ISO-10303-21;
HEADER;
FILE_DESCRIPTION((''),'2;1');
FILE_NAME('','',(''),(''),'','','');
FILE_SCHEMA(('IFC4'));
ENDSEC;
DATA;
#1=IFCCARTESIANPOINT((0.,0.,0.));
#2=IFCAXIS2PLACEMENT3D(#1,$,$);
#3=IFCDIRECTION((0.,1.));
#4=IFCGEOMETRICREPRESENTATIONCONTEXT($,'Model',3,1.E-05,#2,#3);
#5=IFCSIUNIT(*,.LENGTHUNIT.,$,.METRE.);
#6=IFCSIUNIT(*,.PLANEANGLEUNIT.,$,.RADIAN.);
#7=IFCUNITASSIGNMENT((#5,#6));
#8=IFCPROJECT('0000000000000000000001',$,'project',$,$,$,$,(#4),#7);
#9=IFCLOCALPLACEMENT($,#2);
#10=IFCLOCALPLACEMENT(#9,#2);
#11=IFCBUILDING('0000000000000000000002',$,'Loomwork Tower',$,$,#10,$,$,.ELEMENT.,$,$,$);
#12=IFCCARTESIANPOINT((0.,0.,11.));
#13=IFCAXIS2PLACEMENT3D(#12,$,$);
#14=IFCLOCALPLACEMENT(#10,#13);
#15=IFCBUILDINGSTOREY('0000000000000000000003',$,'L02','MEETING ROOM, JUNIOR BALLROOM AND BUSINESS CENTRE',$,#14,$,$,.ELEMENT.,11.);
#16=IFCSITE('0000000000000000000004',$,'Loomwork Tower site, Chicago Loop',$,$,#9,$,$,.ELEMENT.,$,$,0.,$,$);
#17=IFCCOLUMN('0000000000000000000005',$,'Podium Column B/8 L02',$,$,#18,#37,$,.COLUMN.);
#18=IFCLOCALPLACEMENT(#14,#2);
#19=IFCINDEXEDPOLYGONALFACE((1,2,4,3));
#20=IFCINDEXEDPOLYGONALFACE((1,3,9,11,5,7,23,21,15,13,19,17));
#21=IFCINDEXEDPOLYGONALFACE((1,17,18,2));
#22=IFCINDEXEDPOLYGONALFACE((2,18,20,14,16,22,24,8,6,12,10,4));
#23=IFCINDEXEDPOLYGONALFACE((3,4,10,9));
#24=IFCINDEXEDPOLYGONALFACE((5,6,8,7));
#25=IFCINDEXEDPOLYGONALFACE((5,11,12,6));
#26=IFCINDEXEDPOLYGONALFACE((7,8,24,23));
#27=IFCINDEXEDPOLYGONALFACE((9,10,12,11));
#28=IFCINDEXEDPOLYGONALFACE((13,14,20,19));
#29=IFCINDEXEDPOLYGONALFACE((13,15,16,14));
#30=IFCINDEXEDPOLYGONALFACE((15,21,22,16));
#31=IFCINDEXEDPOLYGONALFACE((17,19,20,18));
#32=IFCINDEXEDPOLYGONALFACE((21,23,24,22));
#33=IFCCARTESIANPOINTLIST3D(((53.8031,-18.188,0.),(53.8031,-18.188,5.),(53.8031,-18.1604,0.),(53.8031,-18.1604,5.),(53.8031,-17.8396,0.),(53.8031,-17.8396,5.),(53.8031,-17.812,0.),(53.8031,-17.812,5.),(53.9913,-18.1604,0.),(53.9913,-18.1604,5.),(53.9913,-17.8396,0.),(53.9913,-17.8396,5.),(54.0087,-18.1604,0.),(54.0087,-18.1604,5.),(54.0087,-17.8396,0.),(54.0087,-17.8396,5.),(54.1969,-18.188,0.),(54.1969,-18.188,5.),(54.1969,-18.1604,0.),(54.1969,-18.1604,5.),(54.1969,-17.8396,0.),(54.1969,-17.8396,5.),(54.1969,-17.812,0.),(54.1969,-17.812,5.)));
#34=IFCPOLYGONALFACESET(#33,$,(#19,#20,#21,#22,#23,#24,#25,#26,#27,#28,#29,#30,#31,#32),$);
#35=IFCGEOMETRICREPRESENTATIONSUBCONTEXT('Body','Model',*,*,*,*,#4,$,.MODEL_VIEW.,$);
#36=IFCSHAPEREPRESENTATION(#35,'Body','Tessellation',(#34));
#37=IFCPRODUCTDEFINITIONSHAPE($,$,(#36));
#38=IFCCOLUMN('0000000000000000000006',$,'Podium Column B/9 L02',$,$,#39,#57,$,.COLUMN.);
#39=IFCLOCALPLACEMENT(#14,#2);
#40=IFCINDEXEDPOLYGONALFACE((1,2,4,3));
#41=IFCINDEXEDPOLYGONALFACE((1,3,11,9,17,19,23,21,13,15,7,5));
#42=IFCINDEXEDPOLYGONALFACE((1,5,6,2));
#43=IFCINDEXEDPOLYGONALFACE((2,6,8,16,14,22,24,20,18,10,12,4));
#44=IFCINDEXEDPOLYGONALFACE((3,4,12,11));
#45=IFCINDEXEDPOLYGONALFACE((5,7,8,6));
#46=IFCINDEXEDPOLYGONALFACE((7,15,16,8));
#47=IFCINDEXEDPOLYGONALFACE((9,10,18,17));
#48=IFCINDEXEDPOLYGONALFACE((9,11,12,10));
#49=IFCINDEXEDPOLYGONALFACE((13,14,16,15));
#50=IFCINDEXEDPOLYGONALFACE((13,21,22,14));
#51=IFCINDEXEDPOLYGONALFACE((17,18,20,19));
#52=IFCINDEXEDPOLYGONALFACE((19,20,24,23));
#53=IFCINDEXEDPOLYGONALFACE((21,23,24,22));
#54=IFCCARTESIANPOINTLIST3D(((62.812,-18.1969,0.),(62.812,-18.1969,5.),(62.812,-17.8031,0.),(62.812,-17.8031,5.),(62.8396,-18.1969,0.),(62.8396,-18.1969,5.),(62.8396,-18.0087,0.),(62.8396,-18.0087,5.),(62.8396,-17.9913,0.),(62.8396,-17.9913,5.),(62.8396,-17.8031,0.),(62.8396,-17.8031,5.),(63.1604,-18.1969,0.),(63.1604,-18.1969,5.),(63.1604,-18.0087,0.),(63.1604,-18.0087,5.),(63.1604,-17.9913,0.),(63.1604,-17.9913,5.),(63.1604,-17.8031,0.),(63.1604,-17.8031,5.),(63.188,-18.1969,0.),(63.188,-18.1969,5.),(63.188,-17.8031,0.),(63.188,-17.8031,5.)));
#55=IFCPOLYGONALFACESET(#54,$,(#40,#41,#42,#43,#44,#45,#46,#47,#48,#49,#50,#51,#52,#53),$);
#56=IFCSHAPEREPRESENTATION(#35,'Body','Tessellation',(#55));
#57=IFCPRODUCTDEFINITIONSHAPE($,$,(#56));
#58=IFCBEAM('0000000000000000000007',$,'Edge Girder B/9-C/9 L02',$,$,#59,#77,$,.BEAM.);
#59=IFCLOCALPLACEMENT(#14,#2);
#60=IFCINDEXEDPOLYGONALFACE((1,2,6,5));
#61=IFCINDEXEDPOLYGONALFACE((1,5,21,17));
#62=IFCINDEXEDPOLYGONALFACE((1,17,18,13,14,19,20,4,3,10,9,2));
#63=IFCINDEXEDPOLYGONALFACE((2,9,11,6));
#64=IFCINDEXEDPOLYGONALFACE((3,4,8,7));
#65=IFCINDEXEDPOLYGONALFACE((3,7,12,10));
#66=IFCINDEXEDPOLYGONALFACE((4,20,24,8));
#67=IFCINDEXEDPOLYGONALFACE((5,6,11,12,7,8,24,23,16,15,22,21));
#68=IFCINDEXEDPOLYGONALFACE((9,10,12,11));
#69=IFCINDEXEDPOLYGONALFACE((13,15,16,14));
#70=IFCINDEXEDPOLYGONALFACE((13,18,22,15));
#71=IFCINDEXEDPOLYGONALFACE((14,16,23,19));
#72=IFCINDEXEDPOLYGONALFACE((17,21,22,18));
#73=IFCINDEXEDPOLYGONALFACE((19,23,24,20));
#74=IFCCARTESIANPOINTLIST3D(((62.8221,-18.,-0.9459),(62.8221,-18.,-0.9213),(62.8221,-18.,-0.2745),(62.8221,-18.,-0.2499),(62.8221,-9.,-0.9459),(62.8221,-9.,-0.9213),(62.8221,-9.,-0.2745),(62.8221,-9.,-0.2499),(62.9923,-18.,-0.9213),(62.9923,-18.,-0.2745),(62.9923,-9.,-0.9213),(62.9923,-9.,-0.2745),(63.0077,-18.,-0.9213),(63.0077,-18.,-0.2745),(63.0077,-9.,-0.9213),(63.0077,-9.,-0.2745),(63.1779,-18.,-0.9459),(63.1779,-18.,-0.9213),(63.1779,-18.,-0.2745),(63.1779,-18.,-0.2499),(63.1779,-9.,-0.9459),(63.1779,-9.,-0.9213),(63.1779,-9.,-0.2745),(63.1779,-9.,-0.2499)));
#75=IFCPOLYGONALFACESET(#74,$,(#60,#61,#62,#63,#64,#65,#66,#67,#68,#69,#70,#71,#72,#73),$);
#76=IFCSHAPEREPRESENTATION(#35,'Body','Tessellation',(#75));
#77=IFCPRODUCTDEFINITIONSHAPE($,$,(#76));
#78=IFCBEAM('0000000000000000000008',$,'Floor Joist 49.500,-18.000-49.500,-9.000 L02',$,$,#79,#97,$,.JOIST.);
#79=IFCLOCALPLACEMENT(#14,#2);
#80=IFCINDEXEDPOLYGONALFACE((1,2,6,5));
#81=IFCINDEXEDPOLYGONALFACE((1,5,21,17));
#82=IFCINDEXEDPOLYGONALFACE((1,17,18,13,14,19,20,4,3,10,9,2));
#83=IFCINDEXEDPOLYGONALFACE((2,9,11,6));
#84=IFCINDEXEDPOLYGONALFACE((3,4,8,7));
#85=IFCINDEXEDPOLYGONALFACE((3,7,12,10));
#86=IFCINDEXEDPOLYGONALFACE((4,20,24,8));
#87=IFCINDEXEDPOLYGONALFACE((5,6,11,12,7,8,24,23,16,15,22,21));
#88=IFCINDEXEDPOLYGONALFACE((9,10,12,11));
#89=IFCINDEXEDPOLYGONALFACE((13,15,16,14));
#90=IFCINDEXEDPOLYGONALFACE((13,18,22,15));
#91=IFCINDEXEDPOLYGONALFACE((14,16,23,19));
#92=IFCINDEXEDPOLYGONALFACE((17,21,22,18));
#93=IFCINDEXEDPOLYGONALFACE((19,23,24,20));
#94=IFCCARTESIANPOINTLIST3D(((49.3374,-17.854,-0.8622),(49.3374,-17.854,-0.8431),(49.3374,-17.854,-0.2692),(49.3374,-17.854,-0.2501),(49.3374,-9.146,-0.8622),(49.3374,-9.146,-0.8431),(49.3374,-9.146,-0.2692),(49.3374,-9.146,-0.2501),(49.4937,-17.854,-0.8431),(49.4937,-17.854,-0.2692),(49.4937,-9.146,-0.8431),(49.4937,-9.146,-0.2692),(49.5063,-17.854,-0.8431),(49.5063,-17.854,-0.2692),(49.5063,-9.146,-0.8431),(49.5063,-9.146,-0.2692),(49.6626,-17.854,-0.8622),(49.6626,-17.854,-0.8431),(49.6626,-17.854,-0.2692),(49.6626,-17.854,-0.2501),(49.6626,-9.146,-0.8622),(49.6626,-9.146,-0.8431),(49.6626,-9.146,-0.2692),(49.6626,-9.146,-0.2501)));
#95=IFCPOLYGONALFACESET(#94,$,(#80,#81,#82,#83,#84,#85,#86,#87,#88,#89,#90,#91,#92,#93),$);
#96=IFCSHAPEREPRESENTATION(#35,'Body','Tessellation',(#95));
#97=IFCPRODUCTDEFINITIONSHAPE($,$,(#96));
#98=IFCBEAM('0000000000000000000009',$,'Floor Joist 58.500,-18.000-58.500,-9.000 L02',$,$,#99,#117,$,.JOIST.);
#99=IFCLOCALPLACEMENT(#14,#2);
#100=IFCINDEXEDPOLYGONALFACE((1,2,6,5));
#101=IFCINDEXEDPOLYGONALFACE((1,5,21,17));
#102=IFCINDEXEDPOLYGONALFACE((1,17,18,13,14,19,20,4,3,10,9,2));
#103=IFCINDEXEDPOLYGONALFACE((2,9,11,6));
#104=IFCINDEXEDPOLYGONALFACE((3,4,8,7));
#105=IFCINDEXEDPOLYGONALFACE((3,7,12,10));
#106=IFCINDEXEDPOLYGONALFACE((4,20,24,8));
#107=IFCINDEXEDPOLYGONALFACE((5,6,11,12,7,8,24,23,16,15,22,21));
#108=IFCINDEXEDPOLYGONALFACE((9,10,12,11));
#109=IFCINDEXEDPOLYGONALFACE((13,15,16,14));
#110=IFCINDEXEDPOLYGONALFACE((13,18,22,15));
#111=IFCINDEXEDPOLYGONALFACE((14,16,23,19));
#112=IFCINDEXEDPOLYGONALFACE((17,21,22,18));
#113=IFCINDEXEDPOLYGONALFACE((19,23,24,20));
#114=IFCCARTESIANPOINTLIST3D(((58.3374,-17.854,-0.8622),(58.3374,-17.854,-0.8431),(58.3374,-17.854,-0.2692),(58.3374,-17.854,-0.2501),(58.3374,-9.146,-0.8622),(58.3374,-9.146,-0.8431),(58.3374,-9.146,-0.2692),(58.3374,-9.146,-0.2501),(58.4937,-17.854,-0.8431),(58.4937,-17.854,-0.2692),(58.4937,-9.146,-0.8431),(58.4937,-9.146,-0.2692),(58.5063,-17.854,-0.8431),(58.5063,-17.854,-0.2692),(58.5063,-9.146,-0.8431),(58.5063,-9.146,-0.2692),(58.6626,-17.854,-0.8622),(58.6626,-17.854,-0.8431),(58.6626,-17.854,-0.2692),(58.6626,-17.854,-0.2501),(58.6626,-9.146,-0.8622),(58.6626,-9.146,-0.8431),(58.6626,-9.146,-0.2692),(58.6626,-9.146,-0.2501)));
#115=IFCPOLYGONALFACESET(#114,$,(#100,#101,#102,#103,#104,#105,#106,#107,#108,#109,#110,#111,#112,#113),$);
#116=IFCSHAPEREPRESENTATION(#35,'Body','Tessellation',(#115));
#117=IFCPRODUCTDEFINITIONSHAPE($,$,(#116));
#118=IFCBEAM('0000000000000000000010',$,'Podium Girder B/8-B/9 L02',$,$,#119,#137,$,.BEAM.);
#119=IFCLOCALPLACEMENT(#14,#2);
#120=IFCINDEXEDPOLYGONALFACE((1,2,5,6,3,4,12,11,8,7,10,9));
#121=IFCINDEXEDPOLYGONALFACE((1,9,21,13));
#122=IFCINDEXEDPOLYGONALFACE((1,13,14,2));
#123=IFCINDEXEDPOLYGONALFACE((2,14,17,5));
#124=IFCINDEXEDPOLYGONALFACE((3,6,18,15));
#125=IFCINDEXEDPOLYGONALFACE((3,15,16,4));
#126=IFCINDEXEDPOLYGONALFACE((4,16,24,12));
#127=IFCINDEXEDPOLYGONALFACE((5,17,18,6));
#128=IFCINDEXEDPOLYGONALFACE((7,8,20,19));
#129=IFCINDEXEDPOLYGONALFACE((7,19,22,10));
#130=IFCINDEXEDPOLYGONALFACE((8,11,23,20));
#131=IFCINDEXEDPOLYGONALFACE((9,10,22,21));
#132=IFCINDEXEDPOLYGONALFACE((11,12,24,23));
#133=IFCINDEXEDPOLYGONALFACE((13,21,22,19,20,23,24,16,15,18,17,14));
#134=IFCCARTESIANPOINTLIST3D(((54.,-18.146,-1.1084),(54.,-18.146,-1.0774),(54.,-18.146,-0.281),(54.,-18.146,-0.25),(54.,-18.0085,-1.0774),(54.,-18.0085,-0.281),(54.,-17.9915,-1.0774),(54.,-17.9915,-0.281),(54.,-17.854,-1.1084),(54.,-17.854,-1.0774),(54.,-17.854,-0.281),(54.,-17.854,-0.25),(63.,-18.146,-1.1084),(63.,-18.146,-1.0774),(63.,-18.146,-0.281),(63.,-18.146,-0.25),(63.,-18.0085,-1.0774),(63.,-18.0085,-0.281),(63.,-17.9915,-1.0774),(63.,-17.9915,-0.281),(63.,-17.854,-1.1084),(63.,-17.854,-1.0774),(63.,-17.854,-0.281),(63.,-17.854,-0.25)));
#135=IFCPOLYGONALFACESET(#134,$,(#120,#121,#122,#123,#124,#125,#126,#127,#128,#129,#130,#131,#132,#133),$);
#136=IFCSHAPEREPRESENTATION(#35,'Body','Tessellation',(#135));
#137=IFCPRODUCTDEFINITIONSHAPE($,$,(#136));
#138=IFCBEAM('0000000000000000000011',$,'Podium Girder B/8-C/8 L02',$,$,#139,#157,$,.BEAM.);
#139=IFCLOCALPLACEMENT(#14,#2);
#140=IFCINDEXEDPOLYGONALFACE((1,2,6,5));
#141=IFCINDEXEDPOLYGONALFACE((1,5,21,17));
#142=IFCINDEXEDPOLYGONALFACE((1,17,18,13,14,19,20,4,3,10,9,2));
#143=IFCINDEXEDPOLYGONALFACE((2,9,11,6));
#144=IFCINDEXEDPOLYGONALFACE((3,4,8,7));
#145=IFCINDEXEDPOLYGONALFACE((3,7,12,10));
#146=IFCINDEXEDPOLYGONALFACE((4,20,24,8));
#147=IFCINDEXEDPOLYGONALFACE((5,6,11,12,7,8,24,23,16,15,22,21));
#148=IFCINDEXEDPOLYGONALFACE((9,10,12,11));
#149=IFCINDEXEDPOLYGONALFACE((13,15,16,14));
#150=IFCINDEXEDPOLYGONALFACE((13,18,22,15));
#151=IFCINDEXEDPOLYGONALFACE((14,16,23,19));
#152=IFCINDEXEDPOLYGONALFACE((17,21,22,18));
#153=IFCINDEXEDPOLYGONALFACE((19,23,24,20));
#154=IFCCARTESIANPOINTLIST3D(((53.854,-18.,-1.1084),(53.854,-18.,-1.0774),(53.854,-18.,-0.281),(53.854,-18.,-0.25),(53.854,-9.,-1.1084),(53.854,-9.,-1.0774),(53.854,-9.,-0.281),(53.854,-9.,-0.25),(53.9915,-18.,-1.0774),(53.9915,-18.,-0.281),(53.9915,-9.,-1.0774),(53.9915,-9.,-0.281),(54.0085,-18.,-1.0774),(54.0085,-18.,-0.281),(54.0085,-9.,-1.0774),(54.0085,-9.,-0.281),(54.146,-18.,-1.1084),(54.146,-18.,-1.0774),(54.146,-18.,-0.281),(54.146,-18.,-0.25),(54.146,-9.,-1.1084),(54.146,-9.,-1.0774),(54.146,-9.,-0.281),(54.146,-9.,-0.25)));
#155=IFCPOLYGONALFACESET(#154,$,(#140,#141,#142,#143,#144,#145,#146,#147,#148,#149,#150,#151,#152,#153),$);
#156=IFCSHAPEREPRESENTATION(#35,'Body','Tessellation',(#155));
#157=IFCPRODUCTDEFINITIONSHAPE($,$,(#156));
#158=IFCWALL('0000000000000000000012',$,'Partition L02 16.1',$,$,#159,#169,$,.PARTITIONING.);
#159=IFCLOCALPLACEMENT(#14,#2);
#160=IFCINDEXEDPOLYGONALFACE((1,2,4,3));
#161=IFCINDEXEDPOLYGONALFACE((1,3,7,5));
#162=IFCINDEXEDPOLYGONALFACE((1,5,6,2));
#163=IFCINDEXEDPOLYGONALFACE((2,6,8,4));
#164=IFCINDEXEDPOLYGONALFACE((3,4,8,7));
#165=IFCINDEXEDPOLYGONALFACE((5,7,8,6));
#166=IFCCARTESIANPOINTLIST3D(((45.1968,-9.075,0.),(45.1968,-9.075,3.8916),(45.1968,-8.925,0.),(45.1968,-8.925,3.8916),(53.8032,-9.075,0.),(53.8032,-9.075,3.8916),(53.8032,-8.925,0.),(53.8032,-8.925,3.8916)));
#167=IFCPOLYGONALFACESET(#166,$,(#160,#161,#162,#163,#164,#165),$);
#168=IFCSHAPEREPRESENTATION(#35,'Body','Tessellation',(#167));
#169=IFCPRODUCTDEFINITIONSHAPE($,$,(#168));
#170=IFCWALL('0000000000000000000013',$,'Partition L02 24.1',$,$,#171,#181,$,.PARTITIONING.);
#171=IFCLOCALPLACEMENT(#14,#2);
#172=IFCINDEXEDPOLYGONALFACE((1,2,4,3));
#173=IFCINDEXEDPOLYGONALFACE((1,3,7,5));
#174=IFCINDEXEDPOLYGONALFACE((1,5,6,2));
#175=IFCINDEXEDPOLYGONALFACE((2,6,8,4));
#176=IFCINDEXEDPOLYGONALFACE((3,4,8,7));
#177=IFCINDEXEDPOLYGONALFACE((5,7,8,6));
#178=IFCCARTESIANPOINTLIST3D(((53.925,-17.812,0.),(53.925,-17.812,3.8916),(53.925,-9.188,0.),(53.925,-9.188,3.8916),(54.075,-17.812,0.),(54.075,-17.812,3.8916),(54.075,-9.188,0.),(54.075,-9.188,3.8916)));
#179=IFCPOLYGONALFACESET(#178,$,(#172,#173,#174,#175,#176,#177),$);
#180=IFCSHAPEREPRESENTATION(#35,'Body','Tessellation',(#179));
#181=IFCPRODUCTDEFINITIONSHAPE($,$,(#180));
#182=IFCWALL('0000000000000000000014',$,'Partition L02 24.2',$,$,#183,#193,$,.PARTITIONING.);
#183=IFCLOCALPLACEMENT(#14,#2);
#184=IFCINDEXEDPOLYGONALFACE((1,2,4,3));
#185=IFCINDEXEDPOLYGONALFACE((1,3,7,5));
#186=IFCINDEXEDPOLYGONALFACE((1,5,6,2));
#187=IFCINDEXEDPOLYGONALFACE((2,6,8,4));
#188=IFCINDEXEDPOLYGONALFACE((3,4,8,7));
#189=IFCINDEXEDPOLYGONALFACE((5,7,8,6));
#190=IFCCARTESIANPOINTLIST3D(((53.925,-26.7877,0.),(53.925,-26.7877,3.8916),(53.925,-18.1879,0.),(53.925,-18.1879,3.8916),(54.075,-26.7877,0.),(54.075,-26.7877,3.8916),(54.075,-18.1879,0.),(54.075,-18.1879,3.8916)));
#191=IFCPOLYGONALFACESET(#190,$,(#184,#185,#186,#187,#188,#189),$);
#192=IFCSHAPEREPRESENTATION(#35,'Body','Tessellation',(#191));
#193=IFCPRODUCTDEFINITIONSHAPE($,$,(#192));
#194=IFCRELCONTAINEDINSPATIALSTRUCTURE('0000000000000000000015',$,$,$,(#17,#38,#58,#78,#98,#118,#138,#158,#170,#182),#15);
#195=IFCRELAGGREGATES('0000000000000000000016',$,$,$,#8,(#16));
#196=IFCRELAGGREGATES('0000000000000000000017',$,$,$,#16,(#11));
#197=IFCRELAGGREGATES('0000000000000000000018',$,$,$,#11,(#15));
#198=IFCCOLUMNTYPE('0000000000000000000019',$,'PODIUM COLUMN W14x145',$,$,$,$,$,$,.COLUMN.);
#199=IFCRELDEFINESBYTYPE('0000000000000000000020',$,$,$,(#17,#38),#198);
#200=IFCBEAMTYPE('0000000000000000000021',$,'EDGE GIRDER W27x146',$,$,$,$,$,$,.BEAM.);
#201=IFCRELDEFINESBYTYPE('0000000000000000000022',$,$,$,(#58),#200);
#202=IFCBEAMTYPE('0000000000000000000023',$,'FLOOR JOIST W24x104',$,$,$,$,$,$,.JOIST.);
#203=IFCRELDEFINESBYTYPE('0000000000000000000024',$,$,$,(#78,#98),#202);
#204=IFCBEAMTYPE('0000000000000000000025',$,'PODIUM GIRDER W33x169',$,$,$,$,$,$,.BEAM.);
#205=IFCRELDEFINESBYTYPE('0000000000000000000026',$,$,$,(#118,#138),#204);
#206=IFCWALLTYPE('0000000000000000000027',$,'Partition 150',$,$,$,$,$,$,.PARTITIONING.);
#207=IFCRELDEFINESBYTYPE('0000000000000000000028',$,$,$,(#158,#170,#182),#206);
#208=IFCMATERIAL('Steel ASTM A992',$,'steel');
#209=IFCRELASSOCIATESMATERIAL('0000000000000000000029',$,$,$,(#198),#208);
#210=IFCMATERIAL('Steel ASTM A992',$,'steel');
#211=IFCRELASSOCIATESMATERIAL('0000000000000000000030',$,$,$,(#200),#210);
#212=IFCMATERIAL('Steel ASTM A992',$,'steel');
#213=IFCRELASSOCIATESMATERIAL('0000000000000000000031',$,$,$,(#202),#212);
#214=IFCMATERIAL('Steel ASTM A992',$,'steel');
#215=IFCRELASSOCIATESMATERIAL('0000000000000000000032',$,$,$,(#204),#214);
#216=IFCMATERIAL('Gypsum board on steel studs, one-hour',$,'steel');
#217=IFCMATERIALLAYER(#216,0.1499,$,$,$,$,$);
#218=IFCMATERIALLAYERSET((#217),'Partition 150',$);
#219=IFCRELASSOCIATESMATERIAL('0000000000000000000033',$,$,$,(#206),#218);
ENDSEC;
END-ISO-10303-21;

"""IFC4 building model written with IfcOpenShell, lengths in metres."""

from ifc_helpers import new_model, si_unit, direction, frame, frame_2d, origin, origin_2d, place, context, subcontext, project, spatial, rectangle, i_section, extrude, material, layer, layer_set, material_profile, profile_set, type_object, element, save


model = new_model("IFC4")

# Units and contexts
model_context = context("Model", 3, precision=1e-05, world=origin(), true_north=direction((0.0, 1.0)))
body_context = subcontext(model_context, "Body", "Model", "MODEL_VIEW")
ifc_project = project(units=[si_unit("LENGTHUNIT", "METRE"), si_unit("PLANEANGLEUNIT", "RADIAN")], contexts=[model_context])

# Site, building, storey
site_placement = place(None, origin())
site = spatial("IfcSite", under=ifc_project, at=site_placement, Name="Loomwork Tower site, Chicago Loop", CompositionType="ELEMENT", RefElevation=0.0)
building_placement = place(site_placement, origin())
building = spatial("IfcBuilding", under=site, at=building_placement, Name="Loomwork Tower", CompositionType="ELEMENT")
storey_placement = place(building_placement, frame((0.0, 0.0, 11.0)))
storey = spatial("IfcBuildingStorey", under=building, at=storey_placement, Name="L02", Description="MEETING ROOM, JUNIOR BALLROOM AND BUSINESS CENTRE", CompositionType="ELEMENT", Elevation=11.0)

# Columns
ifc_material_1 = material(Name="Steel ASTM A992", Category="steel")
ifc_material_profile_1 = material_profile(ifc_material_1, i_section(OverallWidth=0.3938, OverallDepth=0.376, WebThickness=0.0173, FlangeThickness=0.0276, at=origin_2d()), Name="W14x145")
ifc_profile_set_1 = profile_set([ifc_material_profile_1], Name="Steel ASTM A992")
column_type = type_object("IfcColumnType", Name="PODIUM COLUMN W14x145", PredefinedType="COLUMN", material=ifc_profile_set_1)
for number, where, z_axis, x_axis, name in (
    (1, (54.0, -18.0, 0.0), (0.0, 0.0, 1.0), (1.0, 0.0, 0.0), "Podium Column B/8 L02"),
    (2, (63.0, -18.0, 0.0), (0.0, 0.0, 1.0), (0.0, 1.0, 0.0), "Podium Column B/9 L02"),
):
    element("IfcColumn", number, at=place(storey_placement, frame(where, z_axis=z_axis, x_axis=x_axis)), inside=storey, type_object=column_type, Name=name, PredefinedType="COLUMN", context=body_context, shape_type="SweptSolid", body=[
        extrude(i_section(OverallWidth=0.3938, OverallDepth=0.376, WebThickness=0.0173, FlangeThickness=0.0276, at=origin_2d()), origin(), (0.0, 0.0, 1.0), 5.0),
    ])

# Beams
ifc_material_2 = material(Name="Steel ASTM A992", Category="steel")
ifc_material_profile_2 = material_profile(ifc_material_2, i_section(OverallWidth=0.3557, OverallDepth=0.696, WebThickness=0.0154, FlangeThickness=0.0247, at=origin_2d()), Name="W27x146")
ifc_profile_set_2 = profile_set([ifc_material_profile_2], Name="Steel ASTM A992")
beam_type_1 = type_object("IfcBeamType", Name="EDGE GIRDER W27x146", PredefinedType="BEAM", material=ifc_profile_set_2)
beam_placement = place(storey_placement, frame((63.0, -18.0, -0.5979), z_axis=(0.0, 1.0, 0.0), x_axis=(-1.0, 0.0, 0.0)))
element("IfcBeam", 3, at=beam_placement, inside=storey, type_object=beam_type_1, Name="Edge Girder B/9-C/9 L02", PredefinedType="BEAM", context=body_context, shape_type="SweptSolid", body=[
    extrude(i_section(OverallWidth=0.3557, OverallDepth=0.696, WebThickness=0.0154, FlangeThickness=0.0247, at=origin_2d()), origin(), (0.0, 0.0, 1.0), 9.0),
])
ifc_material_3 = material(Name="Steel ASTM A992", Category="steel")
ifc_material_profile_3 = material_profile(ifc_material_3, i_section(OverallWidth=0.3252, OverallDepth=0.6121, WebThickness=0.0127, FlangeThickness=0.019, at=origin_2d()), Name="W24x104")
ifc_profile_set_3 = profile_set([ifc_material_profile_3], Name="Steel ASTM A992")
beam_type_2 = type_object("IfcBeamType", Name="FLOOR JOIST W24x104", PredefinedType="JOIST", material=ifc_profile_set_3)
for number, where, z_axis, x_axis, name in (
    (4, (49.5, -17.854, -0.5562), (0.0, 1.0, 0.0), (-1.0, 0.0, 0.0), "Floor Joist 49.500,-18.000-49.500,-9.000 L02"),
    (5, (58.5, -17.854, -0.5562), (0.0, 1.0, 0.0), (-1.0, 0.0, 0.0), "Floor Joist 58.500,-18.000-58.500,-9.000 L02"),
):
    element("IfcBeam", number, at=place(storey_placement, frame(where, z_axis=z_axis, x_axis=x_axis)), inside=storey, type_object=beam_type_2, Name=name, PredefinedType="JOIST", context=body_context, shape_type="SweptSolid", body=[
        extrude(i_section(OverallWidth=0.3252, OverallDepth=0.6121, WebThickness=0.0127, FlangeThickness=0.019, at=origin_2d()), origin(), (0.0, 0.0, 1.0), 8.708),
    ])
ifc_material_4 = material(Name="Steel ASTM A992", Category="steel")
ifc_material_profile_4 = material_profile(ifc_material_4, i_section(OverallWidth=0.292, OverallDepth=0.8584, WebThickness=0.0171, FlangeThickness=0.031, at=origin_2d()), Name="W33x169")
ifc_profile_set_4 = profile_set([ifc_material_profile_4], Name="Steel ASTM A992")
beam_type_3 = type_object("IfcBeamType", Name="PODIUM GIRDER W33x169", PredefinedType="BEAM", material=ifc_profile_set_4)
for number, where, z_axis, x_axis, name in (
    (6, (54.0, -18.0, -0.6792), (1.0, 0.0, 0.0), (0.0, 1.0, 0.0), "Podium Girder B/8-B/9 L02"),
    (7, (54.0, -18.0, -0.6792), (0.0, 1.0, 0.0), (-1.0, 0.0, 0.0), "Podium Girder B/8-C/8 L02"),
):
    element("IfcBeam", number, at=place(storey_placement, frame(where, z_axis=z_axis, x_axis=x_axis)), inside=storey, type_object=beam_type_3, Name=name, PredefinedType="BEAM", context=body_context, shape_type="SweptSolid", body=[
        extrude(i_section(OverallWidth=0.292, OverallDepth=0.8584, WebThickness=0.0171, FlangeThickness=0.031, at=origin_2d()), origin(), (0.0, 0.0, 1.0), 9.0),
    ])

# Walls
ifc_material_5 = material(Name="Gypsum board on steel studs, one-hour", Category="steel")
ifc_layer_1 = layer(ifc_material_5, 0.1499)
ifc_layer_set_1 = layer_set([ifc_layer_1], Name="Partition 150")
wall_type_1 = type_object("IfcWallType", Name="Partition 150", PredefinedType="PARTITIONING", material=ifc_layer_set_1)
wall_1_placement = place(storey_placement, frame((45.1968, -9.0, 0.0), z_axis=(0.0, 0.0, 1.0), x_axis=(1.0, 0.0, 0.0)))
element("IfcWall", 8, at=wall_1_placement, inside=storey, type_object=wall_type_1, Name="Partition L02 16.1", PredefinedType="PARTITIONING", context=body_context, shape_type="SweptSolid", body=[
    extrude(rectangle(XDim=8.6064, YDim=0.1499, at=frame_2d((4.3032, 0.0))), origin(), (0.0, 0.0, 1.0), 3.8916),
])
wall_2_placement = place(storey_placement, frame((54.0, -9.188, 0.0), z_axis=(0.0, 0.0, 1.0), x_axis=(0.0, -1.0, 0.0)))
element("IfcWall", 9, at=wall_2_placement, inside=storey, type_object=wall_type_1, Name="Partition L02 24.1", PredefinedType="PARTITIONING", context=body_context, shape_type="SweptSolid", body=[
    extrude(rectangle(XDim=8.624, YDim=0.1499, at=frame_2d((4.312, 0.0))), origin(), (0.0, 0.0, 1.0), 3.8916),
])
wall_3_placement = place(storey_placement, frame((54.0, -18.188, 0.0), z_axis=(0.0, 0.0, 1.0), x_axis=(0.0, -1.0, 0.0)))
element("IfcWall", 10, at=wall_3_placement, inside=storey, type_object=wall_type_1, Name="Partition L02 24.2", PredefinedType="PARTITIONING", context=body_context, shape_type="SweptSolid", body=[
    extrude(rectangle(XDim=8.5999, YDim=0.1499, at=frame_2d((4.2998, 0.0))), origin(), (0.0, 0.0, 1.0), 3.8916),
])

save(model, "model.ifc")
